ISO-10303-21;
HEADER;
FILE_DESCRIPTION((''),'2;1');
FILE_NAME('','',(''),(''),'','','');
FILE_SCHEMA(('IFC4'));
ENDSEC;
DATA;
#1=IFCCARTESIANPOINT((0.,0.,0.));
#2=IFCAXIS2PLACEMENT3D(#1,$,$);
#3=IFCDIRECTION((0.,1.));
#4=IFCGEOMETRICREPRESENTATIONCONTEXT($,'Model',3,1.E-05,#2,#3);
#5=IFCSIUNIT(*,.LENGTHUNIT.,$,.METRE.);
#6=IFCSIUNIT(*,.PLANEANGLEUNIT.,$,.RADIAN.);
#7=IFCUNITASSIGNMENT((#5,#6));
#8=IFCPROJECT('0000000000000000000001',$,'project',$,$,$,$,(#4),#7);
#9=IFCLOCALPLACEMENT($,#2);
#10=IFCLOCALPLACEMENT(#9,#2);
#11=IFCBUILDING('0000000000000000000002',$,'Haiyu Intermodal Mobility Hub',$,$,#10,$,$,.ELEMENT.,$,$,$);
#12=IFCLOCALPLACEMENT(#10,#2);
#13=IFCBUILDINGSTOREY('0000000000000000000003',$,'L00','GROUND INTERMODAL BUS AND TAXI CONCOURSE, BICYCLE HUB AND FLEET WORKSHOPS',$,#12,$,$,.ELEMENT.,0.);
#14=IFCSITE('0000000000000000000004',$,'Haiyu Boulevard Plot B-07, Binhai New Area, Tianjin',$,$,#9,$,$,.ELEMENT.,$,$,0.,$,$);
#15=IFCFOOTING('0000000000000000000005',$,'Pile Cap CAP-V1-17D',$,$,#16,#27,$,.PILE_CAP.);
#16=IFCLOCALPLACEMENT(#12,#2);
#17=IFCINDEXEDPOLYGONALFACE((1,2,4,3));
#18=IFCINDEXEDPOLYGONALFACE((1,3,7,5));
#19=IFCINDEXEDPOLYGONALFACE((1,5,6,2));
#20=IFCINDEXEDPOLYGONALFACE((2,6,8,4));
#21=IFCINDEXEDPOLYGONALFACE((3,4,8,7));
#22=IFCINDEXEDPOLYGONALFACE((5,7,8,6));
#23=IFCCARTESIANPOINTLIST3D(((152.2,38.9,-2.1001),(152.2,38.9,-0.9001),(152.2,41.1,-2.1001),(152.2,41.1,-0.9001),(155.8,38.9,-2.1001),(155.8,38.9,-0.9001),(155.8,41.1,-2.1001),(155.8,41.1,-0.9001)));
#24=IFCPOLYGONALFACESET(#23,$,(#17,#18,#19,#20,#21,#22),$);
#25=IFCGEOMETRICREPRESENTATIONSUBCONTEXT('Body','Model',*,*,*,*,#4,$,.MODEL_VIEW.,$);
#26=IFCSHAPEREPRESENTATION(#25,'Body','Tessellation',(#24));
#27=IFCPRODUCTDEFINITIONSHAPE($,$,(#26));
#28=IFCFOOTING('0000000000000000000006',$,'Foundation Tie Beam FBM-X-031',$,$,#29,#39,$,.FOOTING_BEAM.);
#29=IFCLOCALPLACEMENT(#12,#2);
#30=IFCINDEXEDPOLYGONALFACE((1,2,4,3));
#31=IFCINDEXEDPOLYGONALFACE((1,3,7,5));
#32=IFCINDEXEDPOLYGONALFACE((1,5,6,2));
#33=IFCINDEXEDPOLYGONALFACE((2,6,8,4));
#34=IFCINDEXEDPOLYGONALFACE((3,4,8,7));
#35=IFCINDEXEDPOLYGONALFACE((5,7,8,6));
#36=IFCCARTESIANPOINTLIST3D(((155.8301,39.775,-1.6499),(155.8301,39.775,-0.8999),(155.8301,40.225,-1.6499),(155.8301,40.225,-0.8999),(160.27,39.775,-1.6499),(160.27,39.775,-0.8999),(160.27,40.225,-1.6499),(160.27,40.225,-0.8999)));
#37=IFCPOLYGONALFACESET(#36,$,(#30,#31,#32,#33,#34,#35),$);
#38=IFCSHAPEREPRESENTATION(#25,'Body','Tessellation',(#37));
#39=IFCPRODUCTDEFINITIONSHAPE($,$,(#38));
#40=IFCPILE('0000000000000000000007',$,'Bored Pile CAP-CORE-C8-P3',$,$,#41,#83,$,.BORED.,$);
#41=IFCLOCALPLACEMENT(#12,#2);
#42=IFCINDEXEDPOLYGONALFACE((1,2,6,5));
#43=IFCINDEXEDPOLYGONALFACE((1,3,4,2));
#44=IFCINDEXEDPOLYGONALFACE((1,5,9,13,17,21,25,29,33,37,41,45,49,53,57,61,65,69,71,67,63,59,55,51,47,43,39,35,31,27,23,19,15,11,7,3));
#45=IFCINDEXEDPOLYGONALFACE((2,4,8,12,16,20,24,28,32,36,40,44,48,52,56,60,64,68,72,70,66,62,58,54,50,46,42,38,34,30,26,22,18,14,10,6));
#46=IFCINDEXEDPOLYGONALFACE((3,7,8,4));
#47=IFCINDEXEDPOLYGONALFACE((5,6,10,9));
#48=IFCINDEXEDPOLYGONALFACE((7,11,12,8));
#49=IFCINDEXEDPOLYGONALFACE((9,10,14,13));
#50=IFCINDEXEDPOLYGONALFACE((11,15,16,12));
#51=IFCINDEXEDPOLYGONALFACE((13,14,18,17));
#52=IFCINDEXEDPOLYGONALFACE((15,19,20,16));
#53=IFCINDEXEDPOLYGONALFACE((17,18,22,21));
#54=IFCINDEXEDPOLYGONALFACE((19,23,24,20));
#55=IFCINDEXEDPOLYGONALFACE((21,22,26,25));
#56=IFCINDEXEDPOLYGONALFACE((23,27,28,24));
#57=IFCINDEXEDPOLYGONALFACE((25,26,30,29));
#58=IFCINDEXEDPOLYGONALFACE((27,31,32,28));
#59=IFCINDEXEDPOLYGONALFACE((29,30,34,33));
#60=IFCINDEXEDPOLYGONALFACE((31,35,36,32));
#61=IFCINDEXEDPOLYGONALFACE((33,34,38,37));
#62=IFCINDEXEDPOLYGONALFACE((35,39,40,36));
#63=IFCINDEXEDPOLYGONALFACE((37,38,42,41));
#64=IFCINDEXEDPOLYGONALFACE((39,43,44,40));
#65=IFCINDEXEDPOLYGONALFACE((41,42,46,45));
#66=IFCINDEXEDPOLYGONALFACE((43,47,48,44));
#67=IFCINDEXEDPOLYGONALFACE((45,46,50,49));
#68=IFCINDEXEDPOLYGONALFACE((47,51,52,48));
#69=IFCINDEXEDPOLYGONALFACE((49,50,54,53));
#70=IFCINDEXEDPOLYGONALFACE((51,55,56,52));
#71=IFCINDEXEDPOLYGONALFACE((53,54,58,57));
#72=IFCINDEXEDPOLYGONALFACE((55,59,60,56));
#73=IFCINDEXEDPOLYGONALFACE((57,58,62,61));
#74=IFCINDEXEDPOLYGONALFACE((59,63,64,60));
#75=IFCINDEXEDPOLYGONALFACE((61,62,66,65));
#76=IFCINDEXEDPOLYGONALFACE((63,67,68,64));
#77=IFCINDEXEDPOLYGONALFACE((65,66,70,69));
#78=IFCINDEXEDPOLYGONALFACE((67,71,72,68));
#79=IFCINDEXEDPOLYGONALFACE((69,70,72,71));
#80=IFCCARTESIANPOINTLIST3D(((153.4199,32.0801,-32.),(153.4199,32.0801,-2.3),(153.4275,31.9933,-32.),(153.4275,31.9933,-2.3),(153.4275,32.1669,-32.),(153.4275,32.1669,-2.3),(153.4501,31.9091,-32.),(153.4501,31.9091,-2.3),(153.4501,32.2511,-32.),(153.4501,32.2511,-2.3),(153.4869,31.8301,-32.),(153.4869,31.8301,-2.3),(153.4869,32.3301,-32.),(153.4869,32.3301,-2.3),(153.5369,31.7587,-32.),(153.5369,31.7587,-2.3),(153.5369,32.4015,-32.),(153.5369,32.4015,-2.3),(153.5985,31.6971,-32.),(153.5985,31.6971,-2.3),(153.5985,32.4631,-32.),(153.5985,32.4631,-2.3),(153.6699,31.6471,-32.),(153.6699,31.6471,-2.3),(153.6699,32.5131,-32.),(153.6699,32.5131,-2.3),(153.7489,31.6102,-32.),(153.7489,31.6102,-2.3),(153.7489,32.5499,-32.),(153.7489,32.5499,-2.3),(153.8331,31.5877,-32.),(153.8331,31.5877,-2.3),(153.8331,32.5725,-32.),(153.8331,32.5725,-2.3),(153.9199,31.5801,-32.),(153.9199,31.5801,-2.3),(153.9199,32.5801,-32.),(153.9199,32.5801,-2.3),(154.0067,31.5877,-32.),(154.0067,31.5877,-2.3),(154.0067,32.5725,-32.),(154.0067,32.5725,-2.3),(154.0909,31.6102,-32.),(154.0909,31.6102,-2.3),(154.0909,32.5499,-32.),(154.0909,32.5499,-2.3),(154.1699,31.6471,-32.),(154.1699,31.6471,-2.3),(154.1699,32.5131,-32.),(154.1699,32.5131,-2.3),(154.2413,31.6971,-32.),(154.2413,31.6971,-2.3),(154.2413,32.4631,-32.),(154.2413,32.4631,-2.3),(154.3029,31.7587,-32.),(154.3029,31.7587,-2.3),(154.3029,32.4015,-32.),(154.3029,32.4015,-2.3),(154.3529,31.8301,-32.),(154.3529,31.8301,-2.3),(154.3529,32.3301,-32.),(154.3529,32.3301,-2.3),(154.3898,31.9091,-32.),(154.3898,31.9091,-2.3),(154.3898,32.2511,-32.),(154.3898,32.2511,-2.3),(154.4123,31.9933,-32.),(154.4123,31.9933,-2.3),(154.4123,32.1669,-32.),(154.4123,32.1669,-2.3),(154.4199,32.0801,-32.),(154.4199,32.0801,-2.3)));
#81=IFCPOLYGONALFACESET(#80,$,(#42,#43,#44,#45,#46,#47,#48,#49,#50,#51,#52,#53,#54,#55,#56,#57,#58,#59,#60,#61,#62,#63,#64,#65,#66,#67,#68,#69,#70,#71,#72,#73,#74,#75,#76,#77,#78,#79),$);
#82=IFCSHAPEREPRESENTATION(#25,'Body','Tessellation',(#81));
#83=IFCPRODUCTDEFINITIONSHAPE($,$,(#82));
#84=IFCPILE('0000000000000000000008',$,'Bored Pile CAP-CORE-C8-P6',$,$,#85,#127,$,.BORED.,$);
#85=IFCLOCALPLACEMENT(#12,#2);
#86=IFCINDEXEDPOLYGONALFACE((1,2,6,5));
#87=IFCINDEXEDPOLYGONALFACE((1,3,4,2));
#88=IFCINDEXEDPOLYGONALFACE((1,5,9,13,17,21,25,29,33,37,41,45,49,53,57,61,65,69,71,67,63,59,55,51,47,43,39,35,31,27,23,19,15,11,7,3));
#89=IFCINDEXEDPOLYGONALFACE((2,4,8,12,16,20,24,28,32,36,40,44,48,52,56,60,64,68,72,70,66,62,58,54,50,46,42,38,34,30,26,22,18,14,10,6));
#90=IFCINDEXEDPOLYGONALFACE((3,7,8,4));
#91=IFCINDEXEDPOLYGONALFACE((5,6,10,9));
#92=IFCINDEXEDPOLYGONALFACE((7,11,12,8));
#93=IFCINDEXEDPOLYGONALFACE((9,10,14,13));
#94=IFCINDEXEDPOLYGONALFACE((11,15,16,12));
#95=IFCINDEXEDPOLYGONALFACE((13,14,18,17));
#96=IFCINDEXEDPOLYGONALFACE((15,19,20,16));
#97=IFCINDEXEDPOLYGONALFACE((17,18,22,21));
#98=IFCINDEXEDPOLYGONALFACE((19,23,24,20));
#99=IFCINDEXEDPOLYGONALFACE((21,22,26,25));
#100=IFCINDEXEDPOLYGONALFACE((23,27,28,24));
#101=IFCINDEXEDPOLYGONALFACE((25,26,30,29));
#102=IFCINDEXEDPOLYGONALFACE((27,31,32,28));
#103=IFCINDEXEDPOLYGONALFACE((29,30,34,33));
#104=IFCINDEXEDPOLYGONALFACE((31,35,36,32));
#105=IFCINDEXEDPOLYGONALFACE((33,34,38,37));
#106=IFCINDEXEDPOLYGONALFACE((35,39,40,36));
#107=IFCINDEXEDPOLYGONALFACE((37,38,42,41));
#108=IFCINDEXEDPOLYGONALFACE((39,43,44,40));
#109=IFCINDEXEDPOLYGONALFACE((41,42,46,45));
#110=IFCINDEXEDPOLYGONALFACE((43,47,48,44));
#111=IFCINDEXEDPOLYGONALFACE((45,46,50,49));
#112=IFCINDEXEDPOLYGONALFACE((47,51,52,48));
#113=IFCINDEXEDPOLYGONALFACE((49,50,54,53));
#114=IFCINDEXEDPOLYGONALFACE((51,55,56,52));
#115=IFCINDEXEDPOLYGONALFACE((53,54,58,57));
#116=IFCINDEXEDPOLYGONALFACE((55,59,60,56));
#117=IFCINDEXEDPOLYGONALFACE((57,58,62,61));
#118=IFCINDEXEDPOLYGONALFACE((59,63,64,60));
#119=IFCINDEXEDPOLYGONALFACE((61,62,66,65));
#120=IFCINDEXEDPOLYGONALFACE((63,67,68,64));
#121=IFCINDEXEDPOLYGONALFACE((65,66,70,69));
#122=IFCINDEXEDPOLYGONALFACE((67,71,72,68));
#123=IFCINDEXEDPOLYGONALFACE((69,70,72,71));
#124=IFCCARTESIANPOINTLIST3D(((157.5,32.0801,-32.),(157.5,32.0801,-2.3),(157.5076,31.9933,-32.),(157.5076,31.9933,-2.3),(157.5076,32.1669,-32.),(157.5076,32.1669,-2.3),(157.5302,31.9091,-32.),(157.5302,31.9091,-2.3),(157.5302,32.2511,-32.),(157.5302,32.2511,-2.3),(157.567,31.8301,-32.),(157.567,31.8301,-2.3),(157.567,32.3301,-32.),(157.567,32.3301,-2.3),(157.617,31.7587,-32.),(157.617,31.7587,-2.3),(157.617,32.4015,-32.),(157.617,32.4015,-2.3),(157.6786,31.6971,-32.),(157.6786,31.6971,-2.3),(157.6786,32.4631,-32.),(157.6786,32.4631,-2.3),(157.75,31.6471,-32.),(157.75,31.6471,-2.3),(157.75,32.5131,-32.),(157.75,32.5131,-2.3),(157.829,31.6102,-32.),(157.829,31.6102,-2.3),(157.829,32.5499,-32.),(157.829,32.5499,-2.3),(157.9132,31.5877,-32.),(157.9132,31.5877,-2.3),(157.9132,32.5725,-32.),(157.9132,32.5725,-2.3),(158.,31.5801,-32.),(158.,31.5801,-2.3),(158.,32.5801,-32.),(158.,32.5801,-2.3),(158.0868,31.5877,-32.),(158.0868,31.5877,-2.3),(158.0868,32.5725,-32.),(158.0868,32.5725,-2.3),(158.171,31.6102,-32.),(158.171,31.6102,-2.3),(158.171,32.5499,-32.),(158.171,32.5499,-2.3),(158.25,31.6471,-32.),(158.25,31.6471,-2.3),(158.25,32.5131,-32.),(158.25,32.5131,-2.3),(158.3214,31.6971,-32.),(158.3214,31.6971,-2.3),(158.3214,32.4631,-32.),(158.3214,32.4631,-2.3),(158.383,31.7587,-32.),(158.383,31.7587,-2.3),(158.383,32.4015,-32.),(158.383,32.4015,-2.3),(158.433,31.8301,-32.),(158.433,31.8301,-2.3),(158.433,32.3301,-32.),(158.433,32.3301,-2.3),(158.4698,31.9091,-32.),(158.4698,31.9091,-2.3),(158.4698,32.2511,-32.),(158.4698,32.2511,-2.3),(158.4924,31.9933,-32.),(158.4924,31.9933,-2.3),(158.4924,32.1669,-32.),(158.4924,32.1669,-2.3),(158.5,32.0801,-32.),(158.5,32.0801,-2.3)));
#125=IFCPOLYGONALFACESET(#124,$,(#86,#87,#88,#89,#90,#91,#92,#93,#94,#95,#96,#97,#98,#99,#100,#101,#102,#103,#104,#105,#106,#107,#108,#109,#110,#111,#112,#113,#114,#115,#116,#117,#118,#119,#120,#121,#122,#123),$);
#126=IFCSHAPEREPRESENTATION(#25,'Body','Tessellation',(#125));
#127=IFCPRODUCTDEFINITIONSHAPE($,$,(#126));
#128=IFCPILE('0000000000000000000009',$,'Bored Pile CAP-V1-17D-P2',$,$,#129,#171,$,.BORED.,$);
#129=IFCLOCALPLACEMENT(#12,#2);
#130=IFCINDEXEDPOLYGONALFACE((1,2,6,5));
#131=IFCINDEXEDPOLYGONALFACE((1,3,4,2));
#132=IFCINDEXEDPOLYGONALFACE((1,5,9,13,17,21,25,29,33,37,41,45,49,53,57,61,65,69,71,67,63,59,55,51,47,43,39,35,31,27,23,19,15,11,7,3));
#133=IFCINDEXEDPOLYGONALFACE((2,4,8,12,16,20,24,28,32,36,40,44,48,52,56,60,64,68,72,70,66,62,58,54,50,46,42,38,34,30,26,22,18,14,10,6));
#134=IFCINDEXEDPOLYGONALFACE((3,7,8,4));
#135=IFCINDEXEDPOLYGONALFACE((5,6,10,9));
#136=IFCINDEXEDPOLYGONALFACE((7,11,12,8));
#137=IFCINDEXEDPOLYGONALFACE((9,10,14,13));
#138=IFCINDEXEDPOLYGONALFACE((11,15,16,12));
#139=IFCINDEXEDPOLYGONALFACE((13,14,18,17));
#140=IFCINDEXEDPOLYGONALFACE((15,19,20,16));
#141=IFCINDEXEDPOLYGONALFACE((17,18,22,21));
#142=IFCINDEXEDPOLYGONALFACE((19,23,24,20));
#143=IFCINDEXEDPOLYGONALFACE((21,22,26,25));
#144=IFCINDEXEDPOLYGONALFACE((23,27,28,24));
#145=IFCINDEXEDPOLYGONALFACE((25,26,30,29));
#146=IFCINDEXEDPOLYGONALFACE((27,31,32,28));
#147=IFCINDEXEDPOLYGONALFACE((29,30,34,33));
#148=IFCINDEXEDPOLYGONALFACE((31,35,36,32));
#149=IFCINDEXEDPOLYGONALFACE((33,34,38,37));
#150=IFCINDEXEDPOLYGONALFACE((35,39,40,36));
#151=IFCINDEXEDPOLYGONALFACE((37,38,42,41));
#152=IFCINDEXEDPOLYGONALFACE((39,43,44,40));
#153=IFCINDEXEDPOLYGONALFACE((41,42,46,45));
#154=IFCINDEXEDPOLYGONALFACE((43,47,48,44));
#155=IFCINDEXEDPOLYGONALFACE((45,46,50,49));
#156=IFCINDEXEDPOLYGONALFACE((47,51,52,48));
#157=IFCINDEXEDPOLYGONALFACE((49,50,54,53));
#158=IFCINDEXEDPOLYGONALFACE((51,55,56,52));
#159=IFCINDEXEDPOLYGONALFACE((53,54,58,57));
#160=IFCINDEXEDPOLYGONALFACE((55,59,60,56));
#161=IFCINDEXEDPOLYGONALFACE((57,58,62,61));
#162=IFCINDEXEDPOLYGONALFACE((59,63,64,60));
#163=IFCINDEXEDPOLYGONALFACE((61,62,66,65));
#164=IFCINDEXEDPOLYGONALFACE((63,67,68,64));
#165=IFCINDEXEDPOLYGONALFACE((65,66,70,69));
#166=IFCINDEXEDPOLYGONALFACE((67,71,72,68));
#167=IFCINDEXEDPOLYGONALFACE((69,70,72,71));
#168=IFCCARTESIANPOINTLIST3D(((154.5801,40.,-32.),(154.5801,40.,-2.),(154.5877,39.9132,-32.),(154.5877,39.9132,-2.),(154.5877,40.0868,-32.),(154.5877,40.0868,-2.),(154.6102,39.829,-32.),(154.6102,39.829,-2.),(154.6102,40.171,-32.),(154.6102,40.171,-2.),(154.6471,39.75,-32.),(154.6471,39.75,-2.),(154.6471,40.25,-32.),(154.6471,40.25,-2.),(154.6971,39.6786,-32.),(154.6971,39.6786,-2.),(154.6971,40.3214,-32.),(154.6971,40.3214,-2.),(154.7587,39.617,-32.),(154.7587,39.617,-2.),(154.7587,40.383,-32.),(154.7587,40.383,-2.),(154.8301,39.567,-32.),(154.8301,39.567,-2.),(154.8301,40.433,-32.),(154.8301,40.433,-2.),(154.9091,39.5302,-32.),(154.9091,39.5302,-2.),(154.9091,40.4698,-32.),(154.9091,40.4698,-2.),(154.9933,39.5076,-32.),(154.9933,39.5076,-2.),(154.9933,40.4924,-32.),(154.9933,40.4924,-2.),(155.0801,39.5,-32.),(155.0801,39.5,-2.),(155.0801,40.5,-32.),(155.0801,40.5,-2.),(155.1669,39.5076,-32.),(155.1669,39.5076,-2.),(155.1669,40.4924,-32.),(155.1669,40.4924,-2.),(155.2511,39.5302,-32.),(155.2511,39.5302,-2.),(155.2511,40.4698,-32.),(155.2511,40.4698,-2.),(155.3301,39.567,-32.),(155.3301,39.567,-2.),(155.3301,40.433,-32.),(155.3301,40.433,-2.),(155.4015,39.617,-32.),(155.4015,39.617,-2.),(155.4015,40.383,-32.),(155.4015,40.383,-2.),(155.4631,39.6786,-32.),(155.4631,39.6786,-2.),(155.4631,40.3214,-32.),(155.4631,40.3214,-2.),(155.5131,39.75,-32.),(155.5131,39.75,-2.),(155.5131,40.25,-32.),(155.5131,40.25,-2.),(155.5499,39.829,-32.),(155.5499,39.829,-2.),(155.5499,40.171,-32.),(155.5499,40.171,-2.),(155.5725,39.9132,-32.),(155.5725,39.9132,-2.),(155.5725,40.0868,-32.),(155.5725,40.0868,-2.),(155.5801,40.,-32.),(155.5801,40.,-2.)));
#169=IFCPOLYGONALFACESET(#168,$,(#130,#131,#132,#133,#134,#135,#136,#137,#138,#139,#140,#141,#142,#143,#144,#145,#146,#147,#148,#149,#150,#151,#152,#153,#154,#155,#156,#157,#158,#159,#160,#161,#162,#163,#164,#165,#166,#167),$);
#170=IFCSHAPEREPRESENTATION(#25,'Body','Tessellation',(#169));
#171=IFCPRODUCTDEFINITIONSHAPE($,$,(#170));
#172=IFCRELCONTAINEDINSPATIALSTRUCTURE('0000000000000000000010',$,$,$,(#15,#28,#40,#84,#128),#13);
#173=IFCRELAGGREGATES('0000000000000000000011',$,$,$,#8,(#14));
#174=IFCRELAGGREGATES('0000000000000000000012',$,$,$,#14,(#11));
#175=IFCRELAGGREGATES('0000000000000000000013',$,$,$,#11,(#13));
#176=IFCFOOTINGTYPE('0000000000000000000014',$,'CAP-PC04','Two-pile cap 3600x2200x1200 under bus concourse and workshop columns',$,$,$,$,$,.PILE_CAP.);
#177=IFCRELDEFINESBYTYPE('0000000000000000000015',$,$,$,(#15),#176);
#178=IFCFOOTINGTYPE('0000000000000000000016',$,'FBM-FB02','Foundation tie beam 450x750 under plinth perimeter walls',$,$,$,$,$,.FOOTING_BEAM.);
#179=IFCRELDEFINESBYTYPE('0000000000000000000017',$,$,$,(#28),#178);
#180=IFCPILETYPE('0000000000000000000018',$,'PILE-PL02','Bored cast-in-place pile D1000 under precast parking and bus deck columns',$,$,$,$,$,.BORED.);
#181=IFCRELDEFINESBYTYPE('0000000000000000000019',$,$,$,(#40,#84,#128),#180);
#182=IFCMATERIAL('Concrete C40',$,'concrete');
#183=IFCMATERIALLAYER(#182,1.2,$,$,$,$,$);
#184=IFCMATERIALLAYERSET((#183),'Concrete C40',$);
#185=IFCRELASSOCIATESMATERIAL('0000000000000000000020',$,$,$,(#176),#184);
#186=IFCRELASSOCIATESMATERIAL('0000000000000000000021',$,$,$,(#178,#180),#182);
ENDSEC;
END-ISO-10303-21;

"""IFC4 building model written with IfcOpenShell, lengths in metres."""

from ifc_helpers import new_model, si_unit, direction, frame, origin, origin_2d, place, context, subcontext, project, spatial, rectangle, circle, extrude, material, layer, layer_set, material_profile, profile_set, type_object, element, save


model = new_model("IFC4")

# Units and contexts
model_context = context("Model", 3, precision=1e-05, world=origin(), true_north=direction((0.0, 1.0)))
body_context = subcontext(model_context, "Body", "Model", "MODEL_VIEW")
ifc_project = project(units=[si_unit("LENGTHUNIT", "METRE"), si_unit("PLANEANGLEUNIT", "RADIAN")], contexts=[model_context])

# Site, building, storey
site_placement = place(None, origin())
site = spatial("IfcSite", under=ifc_project, at=site_placement, Name="Haiyu Boulevard Plot B-07, Binhai New Area, Tianjin", CompositionType="ELEMENT", RefElevation=0.0)
building_placement = place(site_placement, origin())
building = spatial("IfcBuilding", under=site, at=building_placement, Name="Haiyu Intermodal Mobility Hub", CompositionType="ELEMENT")
storey_placement = place(building_placement, origin())
storey = spatial("IfcBuildingStorey", under=building, at=storey_placement, Name="L00", Description="GROUND INTERMODAL BUS AND TAXI CONCOURSE, BICYCLE HUB AND FLEET WORKSHOPS", CompositionType="ELEMENT", Elevation=0.0)

# Footings
ifc_material_1 = material(Name="Concrete C40", Category="concrete")
ifc_layer_1 = layer(ifc_material_1, 1.2)
ifc_layer_set_1 = layer_set([ifc_layer_1], Name="Concrete C40")
footing_type_1 = type_object("IfcFootingType", Name="CAP-PC04", Description="Two-pile cap 3600x2200x1200 under bus concourse and workshop columns", PredefinedType="PILE_CAP", material=ifc_layer_set_1)
footing_1_placement = place(storey_placement, frame((154.0, 40.0, -2.1001), z_axis=(0.0, 0.0, 1.0), x_axis=(1.0, 0.0, 0.0)))
element("IfcFooting", 1, at=footing_1_placement, inside=storey, type_object=footing_type_1, Name="Pile Cap CAP-V1-17D", PredefinedType="PILE_CAP", context=body_context, shape_type="SweptSolid", body=[
    extrude(rectangle(XDim=3.6001, YDim=2.2, at=origin_2d()), origin(), (0.0, 0.0, 1.0), 1.2),
])
ifc_material_profile_1 = material_profile(ifc_material_1, rectangle(XDim=0.45, YDim=0.75, at=origin_2d()), Name="FB450x750")
ifc_profile_set_1 = profile_set([ifc_material_profile_1], Name="Concrete C40")
footing_type_2 = type_object("IfcFootingType", Name="FBM-FB02", Description="Foundation tie beam 450x750 under plinth perimeter walls", PredefinedType="FOOTING_BEAM", material=ifc_profile_set_1)
footing_2_placement = place(storey_placement, frame((155.8301, 40.0, -1.2749), z_axis=(1.0, 0.0, 0.0), x_axis=(0.0, 1.0, 0.0)))
element("IfcFooting", 2, at=footing_2_placement, inside=storey, type_object=footing_type_2, Name="Foundation Tie Beam FBM-X-031", PredefinedType="FOOTING_BEAM", context=body_context, shape_type="SweptSolid", body=[
    extrude(rectangle(XDim=0.45, YDim=0.75, at=origin_2d()), origin(), (0.0, 0.0, 1.0), 4.4399),
])

# Piles
ifc_material_profile_2 = material_profile(ifc_material_1, circle(Radius=0.5, at=origin_2d()), Name="PILE-D1000")
ifc_profile_set_2 = profile_set([ifc_material_profile_2], Name="Concrete C40")
pile_type = type_object("IfcPileType", Name="PILE-PL02", Description="Bored cast-in-place pile D1000 under precast parking and bus deck columns", PredefinedType="BORED", material=ifc_profile_set_2)
for number, where, z_axis, x_axis, name in (
    (3, (153.9199, 32.0801, -2.3), (0.0, 0.0, -1.0), (1.0, 0.0, 0.0), "Bored Pile CAP-CORE-C8-P3"),
    (4, (158.0, 32.0801, -2.3), (0.0, 0.0, -1.0), (1.0, 0.0, 0.0), "Bored Pile CAP-CORE-C8-P6"),
):
    element("IfcPile", number, at=place(storey_placement, frame(where, z_axis=z_axis, x_axis=x_axis)), inside=storey, type_object=pile_type, Name=name, PredefinedType="BORED", context=body_context, shape_type="SweptSolid", body=[
        extrude(circle(Radius=0.5, at=origin_2d()), origin(), (0.0, 0.0, 1.0), 29.7),
    ])
pile_placement = place(storey_placement, frame((155.0801, 40.0, -2.0), z_axis=(0.0, 0.0, -1.0), x_axis=(1.0, 0.0, 0.0)))
element("IfcPile", 5, at=pile_placement, inside=storey, type_object=pile_type, Name="Bored Pile CAP-V1-17D-P2", PredefinedType="BORED", context=body_context, shape_type="SweptSolid", body=[
    extrude(circle(Radius=0.5, at=origin_2d()), origin(), (0.0, 0.0, 1.0), 30.0),
])

save(model, "model.ifc")
